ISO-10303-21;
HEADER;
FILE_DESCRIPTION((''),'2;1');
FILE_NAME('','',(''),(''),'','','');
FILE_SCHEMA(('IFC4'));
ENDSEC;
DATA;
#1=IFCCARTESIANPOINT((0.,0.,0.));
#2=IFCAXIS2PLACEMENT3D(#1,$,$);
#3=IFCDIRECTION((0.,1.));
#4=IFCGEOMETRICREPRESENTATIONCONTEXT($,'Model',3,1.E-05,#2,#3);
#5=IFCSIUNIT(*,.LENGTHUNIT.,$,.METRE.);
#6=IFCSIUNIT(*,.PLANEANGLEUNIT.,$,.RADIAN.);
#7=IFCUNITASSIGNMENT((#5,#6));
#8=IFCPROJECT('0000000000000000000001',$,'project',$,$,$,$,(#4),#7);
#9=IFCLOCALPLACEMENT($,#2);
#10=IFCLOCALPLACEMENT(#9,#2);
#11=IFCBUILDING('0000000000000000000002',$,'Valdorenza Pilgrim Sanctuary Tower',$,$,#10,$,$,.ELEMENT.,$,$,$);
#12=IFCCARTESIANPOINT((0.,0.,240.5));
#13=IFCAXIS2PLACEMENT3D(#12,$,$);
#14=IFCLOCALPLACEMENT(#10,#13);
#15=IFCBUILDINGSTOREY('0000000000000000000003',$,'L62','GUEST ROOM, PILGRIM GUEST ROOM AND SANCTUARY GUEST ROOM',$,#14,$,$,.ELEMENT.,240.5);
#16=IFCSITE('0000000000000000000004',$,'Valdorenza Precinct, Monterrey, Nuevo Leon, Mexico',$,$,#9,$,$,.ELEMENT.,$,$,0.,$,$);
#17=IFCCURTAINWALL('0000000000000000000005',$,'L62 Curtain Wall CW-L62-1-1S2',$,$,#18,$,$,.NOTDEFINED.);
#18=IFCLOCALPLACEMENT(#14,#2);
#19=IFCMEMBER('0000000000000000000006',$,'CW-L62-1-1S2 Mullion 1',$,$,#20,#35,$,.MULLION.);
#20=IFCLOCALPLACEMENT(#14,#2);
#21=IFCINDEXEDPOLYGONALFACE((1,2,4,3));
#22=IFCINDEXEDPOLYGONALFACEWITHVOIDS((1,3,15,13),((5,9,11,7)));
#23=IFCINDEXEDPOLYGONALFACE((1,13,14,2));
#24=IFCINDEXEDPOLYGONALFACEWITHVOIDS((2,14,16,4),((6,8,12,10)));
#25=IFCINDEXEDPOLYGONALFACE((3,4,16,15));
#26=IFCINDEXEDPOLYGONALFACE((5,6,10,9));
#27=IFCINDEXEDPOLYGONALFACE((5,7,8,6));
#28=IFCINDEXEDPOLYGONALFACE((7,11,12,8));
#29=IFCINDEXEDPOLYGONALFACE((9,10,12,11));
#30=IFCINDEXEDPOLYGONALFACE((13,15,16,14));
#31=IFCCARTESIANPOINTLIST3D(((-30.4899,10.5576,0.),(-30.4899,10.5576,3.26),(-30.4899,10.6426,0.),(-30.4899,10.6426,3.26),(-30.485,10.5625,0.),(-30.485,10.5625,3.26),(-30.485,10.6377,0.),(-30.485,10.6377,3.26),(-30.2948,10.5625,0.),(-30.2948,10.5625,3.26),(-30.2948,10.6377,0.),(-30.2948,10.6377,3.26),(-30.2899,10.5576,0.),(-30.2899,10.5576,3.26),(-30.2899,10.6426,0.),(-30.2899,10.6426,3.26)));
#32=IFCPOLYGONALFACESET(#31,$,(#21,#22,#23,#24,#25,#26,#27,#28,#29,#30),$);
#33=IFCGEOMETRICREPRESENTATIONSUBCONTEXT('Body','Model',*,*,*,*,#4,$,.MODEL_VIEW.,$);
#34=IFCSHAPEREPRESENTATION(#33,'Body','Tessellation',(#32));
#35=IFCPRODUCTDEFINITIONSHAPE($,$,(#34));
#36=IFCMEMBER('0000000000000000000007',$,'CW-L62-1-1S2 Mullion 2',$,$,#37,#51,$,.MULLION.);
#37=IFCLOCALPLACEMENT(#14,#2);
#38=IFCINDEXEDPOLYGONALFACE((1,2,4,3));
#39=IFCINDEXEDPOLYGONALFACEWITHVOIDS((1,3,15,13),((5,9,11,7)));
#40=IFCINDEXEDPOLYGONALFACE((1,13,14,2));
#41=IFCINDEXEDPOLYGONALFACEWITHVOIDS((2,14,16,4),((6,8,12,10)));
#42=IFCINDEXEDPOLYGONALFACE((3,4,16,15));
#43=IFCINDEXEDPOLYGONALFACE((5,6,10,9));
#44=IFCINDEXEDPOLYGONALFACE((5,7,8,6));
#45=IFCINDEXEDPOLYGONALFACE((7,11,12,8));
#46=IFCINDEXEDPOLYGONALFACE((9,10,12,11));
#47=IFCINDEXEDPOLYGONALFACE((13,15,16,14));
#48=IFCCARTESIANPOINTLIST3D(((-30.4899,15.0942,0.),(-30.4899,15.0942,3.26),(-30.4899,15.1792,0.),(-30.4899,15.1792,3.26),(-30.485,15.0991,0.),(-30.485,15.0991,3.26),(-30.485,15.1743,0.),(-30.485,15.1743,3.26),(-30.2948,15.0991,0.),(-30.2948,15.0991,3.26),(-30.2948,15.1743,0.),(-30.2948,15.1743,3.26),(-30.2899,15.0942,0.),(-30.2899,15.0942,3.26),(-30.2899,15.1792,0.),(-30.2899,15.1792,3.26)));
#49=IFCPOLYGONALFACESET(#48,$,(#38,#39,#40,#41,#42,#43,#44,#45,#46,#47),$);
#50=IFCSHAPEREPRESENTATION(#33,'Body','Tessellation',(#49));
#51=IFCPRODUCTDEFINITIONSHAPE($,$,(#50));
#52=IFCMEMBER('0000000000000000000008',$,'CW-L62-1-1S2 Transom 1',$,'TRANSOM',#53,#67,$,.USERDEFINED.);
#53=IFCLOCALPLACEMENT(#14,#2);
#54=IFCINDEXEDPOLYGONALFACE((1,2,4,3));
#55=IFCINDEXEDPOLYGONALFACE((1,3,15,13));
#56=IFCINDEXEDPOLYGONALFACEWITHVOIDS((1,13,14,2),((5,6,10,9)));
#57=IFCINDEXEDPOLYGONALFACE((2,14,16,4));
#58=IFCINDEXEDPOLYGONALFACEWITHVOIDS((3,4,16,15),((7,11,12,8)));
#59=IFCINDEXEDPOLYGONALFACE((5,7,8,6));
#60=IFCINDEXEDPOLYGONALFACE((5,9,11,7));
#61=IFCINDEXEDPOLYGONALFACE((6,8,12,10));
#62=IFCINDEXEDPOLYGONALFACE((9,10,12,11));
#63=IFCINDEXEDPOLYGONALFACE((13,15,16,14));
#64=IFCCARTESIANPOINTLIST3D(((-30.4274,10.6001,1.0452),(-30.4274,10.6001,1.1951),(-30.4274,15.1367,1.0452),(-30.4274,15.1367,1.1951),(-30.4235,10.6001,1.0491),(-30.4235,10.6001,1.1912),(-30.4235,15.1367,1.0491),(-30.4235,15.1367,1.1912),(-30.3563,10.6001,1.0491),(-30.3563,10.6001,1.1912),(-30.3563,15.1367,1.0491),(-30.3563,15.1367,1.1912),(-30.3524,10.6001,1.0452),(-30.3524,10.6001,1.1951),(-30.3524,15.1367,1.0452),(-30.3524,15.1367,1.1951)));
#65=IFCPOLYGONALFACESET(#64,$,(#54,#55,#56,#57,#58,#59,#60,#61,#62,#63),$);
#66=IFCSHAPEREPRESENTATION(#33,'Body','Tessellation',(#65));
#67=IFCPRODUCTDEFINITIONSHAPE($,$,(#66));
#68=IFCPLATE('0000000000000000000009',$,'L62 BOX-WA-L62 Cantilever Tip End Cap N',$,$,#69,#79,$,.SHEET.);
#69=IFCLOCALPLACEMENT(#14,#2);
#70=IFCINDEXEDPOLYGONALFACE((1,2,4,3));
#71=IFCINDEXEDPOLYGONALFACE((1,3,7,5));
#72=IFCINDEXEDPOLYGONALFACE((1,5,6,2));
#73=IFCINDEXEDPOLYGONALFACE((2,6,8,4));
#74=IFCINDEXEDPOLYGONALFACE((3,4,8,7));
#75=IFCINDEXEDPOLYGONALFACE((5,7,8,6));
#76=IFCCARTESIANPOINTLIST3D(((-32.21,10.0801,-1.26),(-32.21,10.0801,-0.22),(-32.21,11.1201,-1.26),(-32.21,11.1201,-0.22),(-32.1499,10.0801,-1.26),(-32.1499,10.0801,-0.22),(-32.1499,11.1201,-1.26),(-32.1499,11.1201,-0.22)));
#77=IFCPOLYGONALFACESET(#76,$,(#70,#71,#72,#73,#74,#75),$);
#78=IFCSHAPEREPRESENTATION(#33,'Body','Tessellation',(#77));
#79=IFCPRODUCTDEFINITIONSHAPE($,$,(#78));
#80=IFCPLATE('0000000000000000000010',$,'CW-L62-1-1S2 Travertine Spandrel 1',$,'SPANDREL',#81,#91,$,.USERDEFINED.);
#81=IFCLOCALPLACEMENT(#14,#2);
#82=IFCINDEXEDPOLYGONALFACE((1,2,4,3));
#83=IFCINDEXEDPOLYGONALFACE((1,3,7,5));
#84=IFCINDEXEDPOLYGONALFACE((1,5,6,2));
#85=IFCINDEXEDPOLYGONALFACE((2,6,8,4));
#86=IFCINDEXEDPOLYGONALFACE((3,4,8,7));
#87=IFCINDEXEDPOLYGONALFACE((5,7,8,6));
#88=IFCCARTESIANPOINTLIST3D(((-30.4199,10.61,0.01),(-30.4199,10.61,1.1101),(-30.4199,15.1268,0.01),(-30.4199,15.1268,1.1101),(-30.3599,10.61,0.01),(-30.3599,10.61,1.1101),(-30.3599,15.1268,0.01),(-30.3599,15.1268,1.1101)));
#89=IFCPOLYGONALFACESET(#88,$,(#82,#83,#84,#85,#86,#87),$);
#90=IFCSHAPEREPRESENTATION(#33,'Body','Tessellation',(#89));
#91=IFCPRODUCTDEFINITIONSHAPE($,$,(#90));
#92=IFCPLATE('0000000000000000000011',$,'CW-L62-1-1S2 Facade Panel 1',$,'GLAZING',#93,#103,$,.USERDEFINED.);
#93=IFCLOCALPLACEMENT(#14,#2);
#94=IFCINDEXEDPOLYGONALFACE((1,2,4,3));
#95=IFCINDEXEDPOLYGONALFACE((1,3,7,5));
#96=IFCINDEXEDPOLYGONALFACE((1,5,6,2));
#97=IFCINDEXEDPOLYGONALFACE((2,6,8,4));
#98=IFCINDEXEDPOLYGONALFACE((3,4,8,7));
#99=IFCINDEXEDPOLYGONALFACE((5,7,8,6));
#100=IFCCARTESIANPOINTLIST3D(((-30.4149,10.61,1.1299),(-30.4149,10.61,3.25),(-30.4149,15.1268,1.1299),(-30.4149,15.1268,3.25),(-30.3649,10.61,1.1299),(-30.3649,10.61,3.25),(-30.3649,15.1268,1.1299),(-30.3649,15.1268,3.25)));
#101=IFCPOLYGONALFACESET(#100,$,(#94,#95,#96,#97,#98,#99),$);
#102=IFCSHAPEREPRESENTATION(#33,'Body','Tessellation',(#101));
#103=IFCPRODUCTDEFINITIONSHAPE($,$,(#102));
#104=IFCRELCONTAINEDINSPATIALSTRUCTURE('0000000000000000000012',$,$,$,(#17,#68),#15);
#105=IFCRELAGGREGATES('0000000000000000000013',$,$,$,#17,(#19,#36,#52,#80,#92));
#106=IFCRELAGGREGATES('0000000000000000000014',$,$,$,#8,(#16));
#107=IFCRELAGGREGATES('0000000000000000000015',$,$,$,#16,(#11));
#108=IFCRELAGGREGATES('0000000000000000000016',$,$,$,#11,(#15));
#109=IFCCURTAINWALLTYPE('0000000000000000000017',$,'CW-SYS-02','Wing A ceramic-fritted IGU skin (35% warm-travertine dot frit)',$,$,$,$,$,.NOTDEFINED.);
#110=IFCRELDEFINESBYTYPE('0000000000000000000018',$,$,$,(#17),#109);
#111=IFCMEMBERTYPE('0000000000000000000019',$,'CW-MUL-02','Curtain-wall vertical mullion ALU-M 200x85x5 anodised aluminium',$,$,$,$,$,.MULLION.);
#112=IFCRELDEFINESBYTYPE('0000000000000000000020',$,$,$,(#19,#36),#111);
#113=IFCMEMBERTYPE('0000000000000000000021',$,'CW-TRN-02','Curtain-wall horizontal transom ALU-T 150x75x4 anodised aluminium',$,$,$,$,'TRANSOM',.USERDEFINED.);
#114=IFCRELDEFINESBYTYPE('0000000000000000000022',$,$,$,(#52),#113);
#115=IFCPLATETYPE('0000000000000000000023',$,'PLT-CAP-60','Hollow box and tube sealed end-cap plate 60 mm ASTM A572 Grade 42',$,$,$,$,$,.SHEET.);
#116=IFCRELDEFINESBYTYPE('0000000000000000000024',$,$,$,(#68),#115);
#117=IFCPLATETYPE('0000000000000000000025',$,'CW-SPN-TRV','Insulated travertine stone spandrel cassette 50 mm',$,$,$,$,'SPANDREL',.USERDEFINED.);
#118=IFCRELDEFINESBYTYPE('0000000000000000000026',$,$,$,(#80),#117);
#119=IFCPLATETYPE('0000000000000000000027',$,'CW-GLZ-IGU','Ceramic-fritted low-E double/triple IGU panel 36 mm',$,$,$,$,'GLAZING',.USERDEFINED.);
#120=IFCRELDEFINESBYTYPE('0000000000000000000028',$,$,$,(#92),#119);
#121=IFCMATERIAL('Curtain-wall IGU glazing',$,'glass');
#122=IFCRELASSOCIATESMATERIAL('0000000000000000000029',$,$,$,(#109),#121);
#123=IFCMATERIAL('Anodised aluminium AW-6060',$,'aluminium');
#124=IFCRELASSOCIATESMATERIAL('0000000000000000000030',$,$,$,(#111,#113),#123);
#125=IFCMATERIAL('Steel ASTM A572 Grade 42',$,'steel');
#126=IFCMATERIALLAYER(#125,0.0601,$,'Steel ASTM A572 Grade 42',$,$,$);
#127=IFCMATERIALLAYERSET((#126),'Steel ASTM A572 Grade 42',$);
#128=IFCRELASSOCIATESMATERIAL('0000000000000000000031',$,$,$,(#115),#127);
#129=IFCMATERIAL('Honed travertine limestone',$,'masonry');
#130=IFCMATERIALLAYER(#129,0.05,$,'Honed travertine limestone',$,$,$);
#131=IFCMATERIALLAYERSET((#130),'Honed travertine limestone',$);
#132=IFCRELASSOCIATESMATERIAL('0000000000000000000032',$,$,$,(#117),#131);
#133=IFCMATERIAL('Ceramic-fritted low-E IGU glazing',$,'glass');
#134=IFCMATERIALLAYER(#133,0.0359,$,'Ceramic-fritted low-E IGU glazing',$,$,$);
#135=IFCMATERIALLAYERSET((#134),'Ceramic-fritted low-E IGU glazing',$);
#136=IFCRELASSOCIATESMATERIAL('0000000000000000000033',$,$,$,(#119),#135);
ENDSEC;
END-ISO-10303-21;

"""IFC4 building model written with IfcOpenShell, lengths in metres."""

from ifc_helpers import new_model, si_unit, direction, frame, origin, origin_2d, place, context, subcontext, project, spatial, rectangle, hollow_rectangle, extrude, source, transform, mapped, material, layer, layer_set, material_profile, profile_set, type_object, element, aggregate, save


model = new_model("IFC4")

# Units and contexts
model_context = context("Model", 3, precision=1e-05, world=origin(), true_north=direction((0.0, 1.0)))
body_context = subcontext(model_context, "Body", "Model", "MODEL_VIEW")
ifc_project = project(units=[si_unit("LENGTHUNIT", "METRE"), si_unit("PLANEANGLEUNIT", "RADIAN")], contexts=[model_context])

# Site, building, storey
site_placement = place(None, origin())
site = spatial("IfcSite", under=ifc_project, at=site_placement, Name="Valdorenza Precinct, Monterrey, Nuevo Leon, Mexico", CompositionType="ELEMENT", RefElevation=0.0)
building_placement = place(site_placement, origin())
building = spatial("IfcBuilding", under=site, at=building_placement, Name="Valdorenza Pilgrim Sanctuary Tower", CompositionType="ELEMENT")
storey_placement = place(building_placement, frame((0.0, 0.0, 240.5)))
storey = spatial("IfcBuildingStorey", under=building, at=storey_placement, Name="L62", Description="GUEST ROOM, PILGRIM GUEST ROOM AND SANCTUARY GUEST ROOM", CompositionType="ELEMENT", Elevation=240.5)

# Shared definitions
ifc_material_1 = material(Name="Steel ASTM A572 Grade 42", Category="steel")

# Curtain wall, members
ifc_material_2 = material(Name="Curtain-wall IGU glazing", Category="glass")
curtain_wall_type = type_object("IfcCurtainWallType", Name="CW-SYS-02", Description="Wing A ceramic-fritted IGU skin (35% warm-travertine dot frit)", PredefinedType="NOTDEFINED", material=ifc_material_2)
curtain_wall_placement = place(storey_placement, origin())
curtain_wall = element("IfcCurtainWall", 1, at=curtain_wall_placement, inside=storey, type_object=curtain_wall_type, Name="L62 Curtain Wall CW-L62-1-1S2", PredefinedType="NOTDEFINED")
ifc_material_3 = material(Name="Anodised aluminium AW-6060", Category="aluminium")
ifc_material_profile_1 = material_profile(ifc_material_3, hollow_rectangle(XDim=0.085, YDim=0.2, WallThickness=0.0049, at=origin_2d()), Name="ALU-M 200x85x5")
ifc_profile_set_1 = profile_set([ifc_material_profile_1], Name="Anodised aluminium AW-6060")
member_type_1 = type_object("IfcMemberType", Name="CW-MUL-02", Description="Curtain-wall vertical mullion ALU-M 200x85x5 anodised aluminium", PredefinedType="MULLION", material=ifc_profile_set_1)
shared_shape_1 = source(origin(), body_context, "Body", "SweptSolid", [
    extrude(hollow_rectangle(XDim=0.085, YDim=0.2, WallThickness=0.0049, at=origin_2d()), origin(), (0.0, 0.0, 1.0), 3.26),
])
member_1_placement = place(storey_placement, frame((-30.3899, 10.6001, 0.0), z_axis=(0.0, 0.0, 1.0), x_axis=(0.0, 1.0, 0.0)))
member_1 = element("IfcMember", 2, at=member_1_placement, type_object=member_type_1, Name="CW-L62-1-1S2 Mullion 1", PredefinedType="MULLION", context=body_context, shape_type="MappedRepresentation", body=[
    mapped(shared_shape_1, transform((0.0, 0.0, 0.0), x_axis=(1.0, 0.0, 0.0), y_axis=(0.0, 1.0, 0.0), z_axis=(0.0, 0.0, 1.0), scale=1.0)),
])
member_2_placement = place(storey_placement, frame((-30.3899, 15.1367, 0.0), z_axis=(0.0, 0.0, 1.0), x_axis=(0.0, 1.0, 0.0)))
member_2 = element("IfcMember", 3, at=member_2_placement, type_object=member_type_1, Name="CW-L62-1-1S2 Mullion 2", PredefinedType="MULLION", context=body_context, shape_type="MappedRepresentation", body=[
    mapped(shared_shape_1, transform((0.0, 0.0, 0.0), x_axis=(1.0, 0.0, 0.0), y_axis=(0.0, 1.0, 0.0), z_axis=(0.0, 0.0, 1.0), scale=1.0)),
])
ifc_material_profile_2 = material_profile(ifc_material_3, hollow_rectangle(XDim=0.075, YDim=0.1499, WallThickness=0.0039, at=origin_2d()), Name="ALU-T 150x75x4")
ifc_profile_set_2 = profile_set([ifc_material_profile_2], Name="Anodised aluminium AW-6060")
member_type_2 = type_object("IfcMemberType", Name="CW-TRN-02", Description="Curtain-wall horizontal transom ALU-T 150x75x4 anodised aluminium", ElementType="TRANSOM", PredefinedType="USERDEFINED", material=ifc_profile_set_2)
shared_shape_2 = source(origin(), body_context, "Body", "SweptSolid", [
    extrude(hollow_rectangle(XDim=0.075, YDim=0.1499, WallThickness=0.0039, at=origin_2d()), origin(), (0.0, 0.0, 1.0), 4.5366),
])
member_3_placement = place(storey_placement, frame((-30.3899, 10.6001, 1.1201), z_axis=(0.0, 1.0, 0.0), x_axis=(-1.0, 0.0, 0.0)))
member_3 = element("IfcMember", 4, at=member_3_placement, type_object=member_type_2, Name="CW-L62-1-1S2 Transom 1", ObjectType="TRANSOM", PredefinedType="USERDEFINED", context=body_context, shape_type="MappedRepresentation", body=[
    mapped(shared_shape_2, transform((0.0, 0.0, 0.0), x_axis=(1.0, 0.0, 0.0), y_axis=(0.0, 1.0, 0.0), z_axis=(0.0, 0.0, 1.0), scale=1.0)),
])

# Plates
ifc_layer_1 = layer(ifc_material_1, 0.0601, Name="Steel ASTM A572 Grade 42")
ifc_layer_set_1 = layer_set([ifc_layer_1], Name="Steel ASTM A572 Grade 42")
plate_type_1 = type_object("IfcPlateType", Name="PLT-CAP-60", Description="Hollow box and tube sealed end-cap plate 60 mm ASTM A572 Grade 42", PredefinedType="SHEET", material=ifc_layer_set_1)
shared_shape_3 = source(origin(), body_context, "Body", "SweptSolid", [
    extrude(rectangle(XDim=0.0601, YDim=1.04, at=origin_2d()), origin(), (0.0, 0.0, 1.0), 1.04),
])
plate_1_placement = place(storey_placement, frame((-32.1799, 10.6001, -1.26), z_axis=(0.0, 0.0, 1.0), x_axis=(1.0, 0.0, 0.0)))
element("IfcPlate", 5, at=plate_1_placement, inside=storey, type_object=plate_type_1, Name="L62 BOX-WA-L62 Cantilever Tip End Cap N", PredefinedType="SHEET", context=body_context, shape_type="MappedRepresentation", body=[
    mapped(shared_shape_3, transform((0.0, 0.0, 0.0), x_axis=(1.0, 0.0, 0.0), y_axis=(0.0, 1.0, 0.0), z_axis=(0.0, 0.0, 1.0), scale=1.0)),
])
ifc_material_4 = material(Name="Honed travertine limestone", Category="masonry")
ifc_layer_2 = layer(ifc_material_4, 0.05, Name="Honed travertine limestone")
ifc_layer_set_2 = layer_set([ifc_layer_2], Name="Honed travertine limestone")
plate_type_2 = type_object("IfcPlateType", Name="CW-SPN-TRV", Description="Insulated travertine stone spandrel cassette 50 mm", ElementType="SPANDREL", PredefinedType="USERDEFINED", material=ifc_layer_set_2)
shared_shape_4 = source(origin(), body_context, "Body", "SweptSolid", [
    extrude(rectangle(XDim=4.5168, YDim=0.0601, at=origin_2d()), origin(), (0.0, 0.0, 1.0), 1.1001),
])
plate_2_placement = place(storey_placement, frame((-30.3899, 12.8684, 0.01), z_axis=(0.0, 0.0, 1.0), x_axis=(0.0, 1.0, 0.0)))
plate_2 = element("IfcPlate", 6, at=plate_2_placement, type_object=plate_type_2, Name="CW-L62-1-1S2 Travertine Spandrel 1", ObjectType="SPANDREL", PredefinedType="USERDEFINED", context=body_context, shape_type="MappedRepresentation", body=[
    mapped(shared_shape_4, transform((0.0, 0.0, 0.0), x_axis=(1.0, 0.0, 0.0), y_axis=(0.0, 1.0, 0.0), z_axis=(0.0, 0.0, 1.0), scale=1.0)),
])
ifc_material_5 = material(Name="Ceramic-fritted low-E IGU glazing", Category="glass")
ifc_layer_3 = layer(ifc_material_5, 0.0359, Name="Ceramic-fritted low-E IGU glazing")
ifc_layer_set_3 = layer_set([ifc_layer_3], Name="Ceramic-fritted low-E IGU glazing")
plate_type_3 = type_object("IfcPlateType", Name="CW-GLZ-IGU", Description="Ceramic-fritted low-E double/triple IGU panel 36 mm", ElementType="GLAZING", PredefinedType="USERDEFINED", material=ifc_layer_set_3)
shared_shape_5 = source(origin(), body_context, "Body", "SweptSolid", [
    extrude(rectangle(XDim=4.5168, YDim=0.05, at=origin_2d()), origin(), (0.0, 0.0, 1.0), 2.1201),
])
plate_3_placement = place(storey_placement, frame((-30.3899, 12.8684, 1.1299), z_axis=(0.0, 0.0, 1.0), x_axis=(0.0, 1.0, 0.0)))
plate_3 = element("IfcPlate", 7, at=plate_3_placement, type_object=plate_type_3, Name="CW-L62-1-1S2 Facade Panel 1", ObjectType="GLAZING", PredefinedType="USERDEFINED", context=body_context, shape_type="MappedRepresentation", body=[
    mapped(shared_shape_5, transform((0.0, 0.0, 0.0), x_axis=(1.0, 0.0, 0.0), y_axis=(0.0, 1.0, 0.0), z_axis=(0.0, 0.0, 1.0), scale=1.0)),
])
aggregate(curtain_wall, [member_1, member_2, member_3, plate_2, plate_3])

save(model, "model.ifc")
